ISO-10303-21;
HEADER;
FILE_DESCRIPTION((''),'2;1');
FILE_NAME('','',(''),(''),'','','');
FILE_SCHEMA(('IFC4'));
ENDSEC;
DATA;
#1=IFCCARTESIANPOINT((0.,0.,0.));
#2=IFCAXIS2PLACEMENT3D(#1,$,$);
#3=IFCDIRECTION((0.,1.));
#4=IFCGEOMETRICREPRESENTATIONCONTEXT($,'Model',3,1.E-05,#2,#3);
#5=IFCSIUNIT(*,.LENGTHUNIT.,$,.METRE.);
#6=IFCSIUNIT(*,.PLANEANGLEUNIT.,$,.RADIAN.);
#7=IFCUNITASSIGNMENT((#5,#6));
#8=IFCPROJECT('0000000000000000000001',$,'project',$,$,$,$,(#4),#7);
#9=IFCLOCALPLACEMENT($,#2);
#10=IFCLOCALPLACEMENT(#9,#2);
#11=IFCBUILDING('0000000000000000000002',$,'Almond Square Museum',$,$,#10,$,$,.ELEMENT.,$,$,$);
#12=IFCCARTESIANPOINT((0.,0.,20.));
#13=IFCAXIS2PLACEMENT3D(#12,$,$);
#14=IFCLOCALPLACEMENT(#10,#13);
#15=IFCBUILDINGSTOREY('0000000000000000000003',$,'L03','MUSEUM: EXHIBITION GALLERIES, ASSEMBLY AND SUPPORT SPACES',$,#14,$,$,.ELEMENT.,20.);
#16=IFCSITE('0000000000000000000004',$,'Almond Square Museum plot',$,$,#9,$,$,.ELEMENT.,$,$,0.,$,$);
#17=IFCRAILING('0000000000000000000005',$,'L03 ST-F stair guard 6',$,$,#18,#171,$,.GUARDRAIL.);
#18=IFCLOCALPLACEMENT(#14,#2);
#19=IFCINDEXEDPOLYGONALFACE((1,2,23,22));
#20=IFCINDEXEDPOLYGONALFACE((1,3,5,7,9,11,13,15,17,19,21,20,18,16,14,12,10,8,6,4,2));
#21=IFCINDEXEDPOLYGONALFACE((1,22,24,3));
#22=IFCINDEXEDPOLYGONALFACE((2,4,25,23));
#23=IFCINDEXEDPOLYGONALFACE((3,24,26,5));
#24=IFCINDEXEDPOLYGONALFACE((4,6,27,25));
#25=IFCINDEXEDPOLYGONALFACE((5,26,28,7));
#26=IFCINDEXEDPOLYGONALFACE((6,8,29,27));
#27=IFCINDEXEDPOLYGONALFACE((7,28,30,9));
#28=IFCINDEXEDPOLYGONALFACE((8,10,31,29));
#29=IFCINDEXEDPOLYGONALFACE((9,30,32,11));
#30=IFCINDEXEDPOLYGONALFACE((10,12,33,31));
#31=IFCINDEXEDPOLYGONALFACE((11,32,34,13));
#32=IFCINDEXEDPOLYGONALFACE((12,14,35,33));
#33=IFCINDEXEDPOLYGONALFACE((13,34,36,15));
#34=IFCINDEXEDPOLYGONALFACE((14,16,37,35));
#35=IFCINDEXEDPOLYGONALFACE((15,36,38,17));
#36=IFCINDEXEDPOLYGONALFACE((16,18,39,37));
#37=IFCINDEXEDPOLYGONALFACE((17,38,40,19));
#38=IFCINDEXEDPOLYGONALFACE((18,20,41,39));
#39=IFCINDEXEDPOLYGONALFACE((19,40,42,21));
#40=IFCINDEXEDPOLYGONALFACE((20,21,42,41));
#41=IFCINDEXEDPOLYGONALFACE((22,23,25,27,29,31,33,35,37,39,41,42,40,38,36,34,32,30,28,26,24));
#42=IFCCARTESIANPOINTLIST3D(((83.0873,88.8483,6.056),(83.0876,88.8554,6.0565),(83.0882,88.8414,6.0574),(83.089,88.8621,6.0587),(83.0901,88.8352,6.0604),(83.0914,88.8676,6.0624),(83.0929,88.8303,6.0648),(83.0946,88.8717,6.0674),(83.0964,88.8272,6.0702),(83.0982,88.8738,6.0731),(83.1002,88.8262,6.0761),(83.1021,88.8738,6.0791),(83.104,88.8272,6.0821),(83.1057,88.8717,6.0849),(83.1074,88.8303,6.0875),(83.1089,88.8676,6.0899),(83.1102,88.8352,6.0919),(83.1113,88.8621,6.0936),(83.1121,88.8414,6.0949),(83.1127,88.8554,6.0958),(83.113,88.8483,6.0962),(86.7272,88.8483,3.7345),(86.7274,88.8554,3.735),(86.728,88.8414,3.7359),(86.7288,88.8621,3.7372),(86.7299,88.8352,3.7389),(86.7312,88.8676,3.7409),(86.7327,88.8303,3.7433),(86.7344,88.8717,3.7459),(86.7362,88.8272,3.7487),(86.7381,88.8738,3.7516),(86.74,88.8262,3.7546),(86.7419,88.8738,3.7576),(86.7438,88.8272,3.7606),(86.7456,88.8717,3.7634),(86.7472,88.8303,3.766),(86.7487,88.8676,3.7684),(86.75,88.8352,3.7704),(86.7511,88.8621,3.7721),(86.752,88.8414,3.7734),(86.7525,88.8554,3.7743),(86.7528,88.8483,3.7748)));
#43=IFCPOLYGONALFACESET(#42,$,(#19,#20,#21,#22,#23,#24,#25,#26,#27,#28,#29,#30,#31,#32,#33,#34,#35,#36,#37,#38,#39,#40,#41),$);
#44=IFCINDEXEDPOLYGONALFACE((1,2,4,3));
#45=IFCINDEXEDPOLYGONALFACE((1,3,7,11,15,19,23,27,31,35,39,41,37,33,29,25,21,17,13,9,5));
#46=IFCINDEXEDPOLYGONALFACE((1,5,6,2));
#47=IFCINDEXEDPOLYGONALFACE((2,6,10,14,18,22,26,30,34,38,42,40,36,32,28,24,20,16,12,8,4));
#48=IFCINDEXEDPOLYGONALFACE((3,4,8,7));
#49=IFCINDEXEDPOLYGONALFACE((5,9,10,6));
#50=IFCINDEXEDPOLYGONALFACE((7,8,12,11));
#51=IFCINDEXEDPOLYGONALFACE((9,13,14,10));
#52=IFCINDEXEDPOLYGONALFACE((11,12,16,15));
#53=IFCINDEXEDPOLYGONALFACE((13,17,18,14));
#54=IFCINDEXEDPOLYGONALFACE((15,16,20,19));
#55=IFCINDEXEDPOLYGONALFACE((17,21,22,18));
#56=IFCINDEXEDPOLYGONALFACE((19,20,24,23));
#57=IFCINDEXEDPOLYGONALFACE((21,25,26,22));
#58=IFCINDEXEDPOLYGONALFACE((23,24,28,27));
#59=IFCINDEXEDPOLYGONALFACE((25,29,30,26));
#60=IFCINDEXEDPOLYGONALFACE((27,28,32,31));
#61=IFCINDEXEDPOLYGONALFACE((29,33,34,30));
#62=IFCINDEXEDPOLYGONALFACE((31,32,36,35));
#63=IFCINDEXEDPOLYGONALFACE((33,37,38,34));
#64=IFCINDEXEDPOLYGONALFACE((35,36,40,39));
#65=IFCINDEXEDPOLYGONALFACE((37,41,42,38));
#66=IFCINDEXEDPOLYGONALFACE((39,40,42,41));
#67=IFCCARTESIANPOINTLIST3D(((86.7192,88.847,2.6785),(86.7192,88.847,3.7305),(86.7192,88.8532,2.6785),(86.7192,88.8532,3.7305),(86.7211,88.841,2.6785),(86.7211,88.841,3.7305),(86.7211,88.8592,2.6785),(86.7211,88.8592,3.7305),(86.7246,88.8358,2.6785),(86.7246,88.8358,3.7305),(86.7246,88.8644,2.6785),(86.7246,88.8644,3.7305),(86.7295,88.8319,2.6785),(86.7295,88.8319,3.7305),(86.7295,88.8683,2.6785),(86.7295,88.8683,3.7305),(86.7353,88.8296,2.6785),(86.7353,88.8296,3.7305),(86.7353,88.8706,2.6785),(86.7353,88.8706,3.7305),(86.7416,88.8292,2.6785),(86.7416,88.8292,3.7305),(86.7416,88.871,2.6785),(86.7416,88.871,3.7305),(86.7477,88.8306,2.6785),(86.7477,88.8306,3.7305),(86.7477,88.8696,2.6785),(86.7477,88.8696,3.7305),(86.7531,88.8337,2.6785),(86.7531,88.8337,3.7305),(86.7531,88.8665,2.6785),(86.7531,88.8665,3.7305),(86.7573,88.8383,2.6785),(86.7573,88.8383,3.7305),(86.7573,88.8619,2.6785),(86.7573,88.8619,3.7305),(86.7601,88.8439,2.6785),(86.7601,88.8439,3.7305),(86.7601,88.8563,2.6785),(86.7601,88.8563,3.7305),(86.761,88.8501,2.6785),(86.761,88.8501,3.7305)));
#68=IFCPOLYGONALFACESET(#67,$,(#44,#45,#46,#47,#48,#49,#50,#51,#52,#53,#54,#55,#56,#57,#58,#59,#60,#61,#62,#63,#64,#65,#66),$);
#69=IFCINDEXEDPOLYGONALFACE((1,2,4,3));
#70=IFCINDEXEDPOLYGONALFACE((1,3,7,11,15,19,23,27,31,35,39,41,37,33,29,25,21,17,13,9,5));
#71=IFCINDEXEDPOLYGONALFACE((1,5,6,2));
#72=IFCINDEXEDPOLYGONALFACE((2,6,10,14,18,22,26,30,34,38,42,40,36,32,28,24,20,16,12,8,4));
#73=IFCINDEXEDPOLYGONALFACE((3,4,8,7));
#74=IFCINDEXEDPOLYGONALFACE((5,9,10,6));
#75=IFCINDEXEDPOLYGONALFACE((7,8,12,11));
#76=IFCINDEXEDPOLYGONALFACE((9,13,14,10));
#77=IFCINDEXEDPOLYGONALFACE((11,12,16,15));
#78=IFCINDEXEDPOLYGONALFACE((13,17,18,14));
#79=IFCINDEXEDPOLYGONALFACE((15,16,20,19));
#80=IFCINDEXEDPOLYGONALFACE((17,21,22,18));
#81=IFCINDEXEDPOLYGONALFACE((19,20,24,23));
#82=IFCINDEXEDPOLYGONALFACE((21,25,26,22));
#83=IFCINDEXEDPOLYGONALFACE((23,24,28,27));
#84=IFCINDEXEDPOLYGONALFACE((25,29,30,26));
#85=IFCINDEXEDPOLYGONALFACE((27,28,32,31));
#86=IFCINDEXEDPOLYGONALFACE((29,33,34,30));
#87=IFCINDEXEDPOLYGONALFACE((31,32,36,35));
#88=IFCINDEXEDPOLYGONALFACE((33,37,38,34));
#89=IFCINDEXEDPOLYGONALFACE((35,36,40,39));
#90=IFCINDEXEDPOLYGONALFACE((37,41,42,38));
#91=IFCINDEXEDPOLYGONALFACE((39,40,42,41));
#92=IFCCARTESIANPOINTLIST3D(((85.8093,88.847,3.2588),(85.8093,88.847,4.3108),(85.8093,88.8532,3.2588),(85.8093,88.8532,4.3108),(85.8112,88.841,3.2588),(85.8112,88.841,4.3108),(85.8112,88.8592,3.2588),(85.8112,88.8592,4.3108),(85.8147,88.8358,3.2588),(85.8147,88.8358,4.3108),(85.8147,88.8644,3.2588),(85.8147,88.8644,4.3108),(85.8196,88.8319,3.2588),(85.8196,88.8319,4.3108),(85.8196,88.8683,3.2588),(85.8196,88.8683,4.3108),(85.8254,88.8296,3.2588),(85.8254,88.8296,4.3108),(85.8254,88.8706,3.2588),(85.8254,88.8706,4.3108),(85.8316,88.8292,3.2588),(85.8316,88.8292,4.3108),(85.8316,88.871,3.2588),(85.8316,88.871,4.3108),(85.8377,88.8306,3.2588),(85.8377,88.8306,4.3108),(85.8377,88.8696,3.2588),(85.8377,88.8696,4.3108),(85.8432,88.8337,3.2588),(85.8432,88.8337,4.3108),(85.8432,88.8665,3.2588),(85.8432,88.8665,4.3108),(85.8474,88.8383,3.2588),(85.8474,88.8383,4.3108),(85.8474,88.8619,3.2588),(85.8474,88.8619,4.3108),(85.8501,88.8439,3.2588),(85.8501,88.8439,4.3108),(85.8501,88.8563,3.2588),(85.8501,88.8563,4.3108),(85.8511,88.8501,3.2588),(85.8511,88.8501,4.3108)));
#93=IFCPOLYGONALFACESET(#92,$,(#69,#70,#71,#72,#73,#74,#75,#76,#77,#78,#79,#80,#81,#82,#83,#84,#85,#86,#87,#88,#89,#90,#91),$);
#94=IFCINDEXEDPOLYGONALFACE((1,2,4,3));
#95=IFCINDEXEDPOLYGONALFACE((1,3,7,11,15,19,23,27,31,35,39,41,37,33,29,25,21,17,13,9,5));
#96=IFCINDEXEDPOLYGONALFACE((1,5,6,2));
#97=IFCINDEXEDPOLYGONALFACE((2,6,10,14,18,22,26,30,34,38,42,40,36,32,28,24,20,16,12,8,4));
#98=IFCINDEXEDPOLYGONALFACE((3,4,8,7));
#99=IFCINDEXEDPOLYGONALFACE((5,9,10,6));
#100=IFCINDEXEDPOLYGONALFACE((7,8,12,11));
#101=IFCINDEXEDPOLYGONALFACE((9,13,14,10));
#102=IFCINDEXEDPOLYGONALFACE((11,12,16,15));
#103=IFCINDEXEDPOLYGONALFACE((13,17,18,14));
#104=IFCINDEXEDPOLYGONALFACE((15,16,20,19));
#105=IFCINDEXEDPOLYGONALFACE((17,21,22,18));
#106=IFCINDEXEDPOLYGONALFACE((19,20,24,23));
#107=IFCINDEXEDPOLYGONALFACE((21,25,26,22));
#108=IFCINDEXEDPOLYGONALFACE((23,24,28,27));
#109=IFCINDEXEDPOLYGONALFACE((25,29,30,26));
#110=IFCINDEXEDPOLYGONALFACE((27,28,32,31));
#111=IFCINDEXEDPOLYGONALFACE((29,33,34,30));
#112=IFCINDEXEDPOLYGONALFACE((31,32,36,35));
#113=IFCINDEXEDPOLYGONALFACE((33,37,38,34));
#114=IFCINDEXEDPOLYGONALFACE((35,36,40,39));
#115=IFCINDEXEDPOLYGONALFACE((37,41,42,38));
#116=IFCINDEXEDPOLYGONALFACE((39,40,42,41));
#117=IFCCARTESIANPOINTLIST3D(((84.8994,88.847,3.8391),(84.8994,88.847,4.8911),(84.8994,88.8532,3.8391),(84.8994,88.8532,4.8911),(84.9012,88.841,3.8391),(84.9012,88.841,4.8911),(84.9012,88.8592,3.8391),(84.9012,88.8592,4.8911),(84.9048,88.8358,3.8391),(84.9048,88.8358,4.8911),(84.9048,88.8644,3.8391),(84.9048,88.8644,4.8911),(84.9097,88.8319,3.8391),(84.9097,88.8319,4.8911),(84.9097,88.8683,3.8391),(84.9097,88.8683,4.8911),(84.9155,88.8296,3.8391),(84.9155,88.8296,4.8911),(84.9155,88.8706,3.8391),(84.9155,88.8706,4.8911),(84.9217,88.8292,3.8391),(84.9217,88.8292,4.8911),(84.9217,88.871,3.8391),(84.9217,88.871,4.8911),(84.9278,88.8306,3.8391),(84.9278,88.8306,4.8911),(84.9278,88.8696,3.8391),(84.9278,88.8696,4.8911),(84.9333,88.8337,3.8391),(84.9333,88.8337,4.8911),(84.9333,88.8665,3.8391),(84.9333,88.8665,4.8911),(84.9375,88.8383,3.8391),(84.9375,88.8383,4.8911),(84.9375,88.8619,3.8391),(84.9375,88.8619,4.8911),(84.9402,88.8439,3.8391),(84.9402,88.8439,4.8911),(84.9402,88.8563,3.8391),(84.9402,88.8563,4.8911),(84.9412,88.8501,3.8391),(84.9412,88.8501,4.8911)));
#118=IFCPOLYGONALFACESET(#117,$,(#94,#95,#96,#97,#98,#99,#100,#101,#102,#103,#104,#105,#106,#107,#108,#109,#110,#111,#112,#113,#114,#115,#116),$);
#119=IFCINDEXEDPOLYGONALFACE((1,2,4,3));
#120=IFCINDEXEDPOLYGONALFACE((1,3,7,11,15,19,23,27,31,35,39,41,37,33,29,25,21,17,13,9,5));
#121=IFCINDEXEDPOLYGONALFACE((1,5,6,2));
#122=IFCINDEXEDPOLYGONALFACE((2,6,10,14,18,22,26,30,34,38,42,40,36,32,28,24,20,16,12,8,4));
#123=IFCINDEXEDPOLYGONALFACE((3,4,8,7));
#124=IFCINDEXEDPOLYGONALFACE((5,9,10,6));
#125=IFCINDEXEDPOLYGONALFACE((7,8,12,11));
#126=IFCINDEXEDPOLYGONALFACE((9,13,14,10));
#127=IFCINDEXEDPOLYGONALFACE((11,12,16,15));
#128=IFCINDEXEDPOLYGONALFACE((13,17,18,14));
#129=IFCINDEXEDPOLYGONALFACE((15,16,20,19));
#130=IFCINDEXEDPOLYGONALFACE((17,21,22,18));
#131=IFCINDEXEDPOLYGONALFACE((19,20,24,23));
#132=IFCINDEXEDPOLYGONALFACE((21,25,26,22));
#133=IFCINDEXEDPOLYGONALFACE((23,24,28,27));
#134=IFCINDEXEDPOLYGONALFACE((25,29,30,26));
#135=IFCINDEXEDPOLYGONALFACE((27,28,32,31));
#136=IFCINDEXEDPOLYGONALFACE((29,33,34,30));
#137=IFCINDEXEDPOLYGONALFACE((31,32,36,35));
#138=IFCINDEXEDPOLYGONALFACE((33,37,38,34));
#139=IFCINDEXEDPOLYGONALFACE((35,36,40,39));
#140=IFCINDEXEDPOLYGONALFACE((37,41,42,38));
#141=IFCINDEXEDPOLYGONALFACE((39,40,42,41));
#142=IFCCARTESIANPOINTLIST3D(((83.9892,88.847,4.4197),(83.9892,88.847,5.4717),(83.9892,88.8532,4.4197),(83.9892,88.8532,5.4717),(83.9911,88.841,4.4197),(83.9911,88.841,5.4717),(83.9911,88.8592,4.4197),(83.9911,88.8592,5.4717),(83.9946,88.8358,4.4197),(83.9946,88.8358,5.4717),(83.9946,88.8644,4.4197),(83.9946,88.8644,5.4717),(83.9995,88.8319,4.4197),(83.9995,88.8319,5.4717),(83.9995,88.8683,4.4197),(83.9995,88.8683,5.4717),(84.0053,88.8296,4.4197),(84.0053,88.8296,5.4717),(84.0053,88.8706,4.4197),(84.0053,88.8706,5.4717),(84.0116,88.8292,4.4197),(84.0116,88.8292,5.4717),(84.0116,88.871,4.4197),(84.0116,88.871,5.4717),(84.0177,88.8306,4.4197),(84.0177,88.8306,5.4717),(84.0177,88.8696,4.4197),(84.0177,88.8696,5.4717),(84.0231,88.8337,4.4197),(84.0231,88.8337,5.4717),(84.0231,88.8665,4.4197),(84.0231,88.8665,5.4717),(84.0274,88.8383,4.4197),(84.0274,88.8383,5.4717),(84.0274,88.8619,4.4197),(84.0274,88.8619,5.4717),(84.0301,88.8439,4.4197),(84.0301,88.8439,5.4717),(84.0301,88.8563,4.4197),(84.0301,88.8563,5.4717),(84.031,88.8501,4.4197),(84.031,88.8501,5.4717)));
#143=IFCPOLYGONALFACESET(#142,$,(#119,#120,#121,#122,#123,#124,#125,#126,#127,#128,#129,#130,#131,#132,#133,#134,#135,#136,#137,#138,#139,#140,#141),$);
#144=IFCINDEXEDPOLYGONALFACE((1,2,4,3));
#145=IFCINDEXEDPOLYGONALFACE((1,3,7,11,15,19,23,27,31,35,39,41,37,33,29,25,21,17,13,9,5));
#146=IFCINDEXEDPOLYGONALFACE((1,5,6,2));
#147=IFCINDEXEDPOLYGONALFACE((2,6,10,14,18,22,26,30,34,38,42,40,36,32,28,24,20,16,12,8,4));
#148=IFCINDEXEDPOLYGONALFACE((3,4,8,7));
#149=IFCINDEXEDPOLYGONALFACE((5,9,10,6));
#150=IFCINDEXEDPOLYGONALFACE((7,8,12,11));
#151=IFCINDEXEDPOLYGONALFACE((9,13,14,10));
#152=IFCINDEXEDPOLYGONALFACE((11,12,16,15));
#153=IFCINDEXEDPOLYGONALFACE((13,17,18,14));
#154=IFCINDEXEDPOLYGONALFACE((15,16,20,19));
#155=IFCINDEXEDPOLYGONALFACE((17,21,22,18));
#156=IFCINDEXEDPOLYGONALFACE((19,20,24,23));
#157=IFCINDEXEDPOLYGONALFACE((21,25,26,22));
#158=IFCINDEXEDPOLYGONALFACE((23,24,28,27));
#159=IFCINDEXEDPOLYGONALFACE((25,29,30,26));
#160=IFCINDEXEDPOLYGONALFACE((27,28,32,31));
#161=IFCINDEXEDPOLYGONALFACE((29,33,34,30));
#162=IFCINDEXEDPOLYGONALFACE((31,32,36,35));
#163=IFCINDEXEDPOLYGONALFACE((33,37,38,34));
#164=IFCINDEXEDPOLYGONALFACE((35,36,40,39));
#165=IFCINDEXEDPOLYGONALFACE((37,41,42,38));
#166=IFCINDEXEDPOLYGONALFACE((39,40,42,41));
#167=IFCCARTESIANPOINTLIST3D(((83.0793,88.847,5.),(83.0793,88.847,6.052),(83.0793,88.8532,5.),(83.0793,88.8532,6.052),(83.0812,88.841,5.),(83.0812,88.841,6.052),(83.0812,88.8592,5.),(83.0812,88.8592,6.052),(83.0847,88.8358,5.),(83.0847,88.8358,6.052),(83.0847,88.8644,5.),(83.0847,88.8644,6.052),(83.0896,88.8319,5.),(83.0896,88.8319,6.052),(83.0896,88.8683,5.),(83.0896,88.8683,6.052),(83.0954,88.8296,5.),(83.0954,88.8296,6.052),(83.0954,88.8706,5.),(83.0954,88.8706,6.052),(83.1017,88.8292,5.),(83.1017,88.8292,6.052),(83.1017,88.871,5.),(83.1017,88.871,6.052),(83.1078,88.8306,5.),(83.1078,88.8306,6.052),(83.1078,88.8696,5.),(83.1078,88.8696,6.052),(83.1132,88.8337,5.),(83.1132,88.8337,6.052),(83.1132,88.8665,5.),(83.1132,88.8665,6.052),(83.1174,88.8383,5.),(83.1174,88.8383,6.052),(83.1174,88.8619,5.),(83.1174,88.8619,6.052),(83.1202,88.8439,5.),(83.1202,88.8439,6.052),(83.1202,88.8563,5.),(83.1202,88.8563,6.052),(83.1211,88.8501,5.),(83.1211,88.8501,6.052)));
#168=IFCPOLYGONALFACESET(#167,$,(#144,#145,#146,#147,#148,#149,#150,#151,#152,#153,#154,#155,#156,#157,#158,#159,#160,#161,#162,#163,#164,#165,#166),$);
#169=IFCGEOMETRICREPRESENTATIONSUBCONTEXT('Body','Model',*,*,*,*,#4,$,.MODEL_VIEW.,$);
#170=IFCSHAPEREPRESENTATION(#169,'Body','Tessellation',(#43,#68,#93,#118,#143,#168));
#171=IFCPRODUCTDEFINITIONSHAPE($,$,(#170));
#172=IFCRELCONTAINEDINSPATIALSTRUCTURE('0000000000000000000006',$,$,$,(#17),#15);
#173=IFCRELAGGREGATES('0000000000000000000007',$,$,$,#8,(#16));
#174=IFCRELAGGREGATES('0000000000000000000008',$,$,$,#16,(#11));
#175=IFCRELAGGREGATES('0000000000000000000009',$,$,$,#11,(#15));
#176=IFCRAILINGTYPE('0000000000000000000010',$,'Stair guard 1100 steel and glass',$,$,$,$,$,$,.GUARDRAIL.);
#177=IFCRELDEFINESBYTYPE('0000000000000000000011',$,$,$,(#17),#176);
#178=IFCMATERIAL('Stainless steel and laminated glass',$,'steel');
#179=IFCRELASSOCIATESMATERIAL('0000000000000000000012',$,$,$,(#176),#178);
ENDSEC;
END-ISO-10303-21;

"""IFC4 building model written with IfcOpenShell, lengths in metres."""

from ifc_helpers import new_model, si_unit, direction, frame, origin, origin_2d, place, context, subcontext, project, spatial, circle, extrude, material, type_object, element, save


model = new_model("IFC4")

# Units and contexts
model_context = context("Model", 3, precision=1e-05, world=origin(), true_north=direction((0.0, 1.0)))
body_context = subcontext(model_context, "Body", "Model", "MODEL_VIEW")
ifc_project = project(units=[si_unit("LENGTHUNIT", "METRE"), si_unit("PLANEANGLEUNIT", "RADIAN")], contexts=[model_context])

# Site, building, storey
site_placement = place(None, origin())
site = spatial("IfcSite", under=ifc_project, at=site_placement, Name="Almond Square Museum plot", CompositionType="ELEMENT", RefElevation=0.0)
building_placement = place(site_placement, origin())
building = spatial("IfcBuilding", under=site, at=building_placement, Name="Almond Square Museum", CompositionType="ELEMENT")
storey_placement = place(building_placement, frame((0.0, 0.0, 20.0)))
storey = spatial("IfcBuildingStorey", under=building, at=storey_placement, Name="L03", Description="MUSEUM: EXHIBITION GALLERIES, ASSEMBLY AND SUPPORT SPACES", CompositionType="ELEMENT", Elevation=20.0)

# Railing
ifc_material_1 = material(Name="Stainless steel and laminated glass", Category="steel")
railing_type_1 = type_object("IfcRailingType", Name="Stair guard 1100 steel and glass", PredefinedType="GUARDRAIL", material=ifc_material_1)
railing_1_placement = place(storey_placement, frame((86.74, 88.8501, 2.6785)))
element("IfcRailing", 1, at=railing_1_placement, inside=storey, type_object=railing_type_1, Name="L03 ST-F stair guard 6", PredefinedType="GUARDRAIL", context=body_context, shape_type="SweptSolid", body=[
    extrude(circle(Radius=0.0239, at=origin_2d()), frame((0.0, 0.0, 1.0762), z_axis=(-0.843112, 0.0, 0.537739), x_axis=(0.0, -1.0, 0.0)), (0.0, 0.0, 1.0), 4.3171),
    extrude(circle(Radius=0.021, at=origin_2d()), origin(), (0.0, 0.0, 1.0), 1.052),
    extrude(circle(Radius=0.021, at=origin_2d()), frame((-0.9099, 0.0, 0.5803)), (0.0, 0.0, 1.0), 1.052),
    extrude(circle(Radius=0.021, at=origin_2d()), frame((-1.8198, 0.0, 1.1606)), (0.0, 0.0, 1.0), 1.052),
    extrude(circle(Radius=0.021, at=origin_2d()), frame((-2.73, 0.0, 1.7412)), (0.0, 0.0, 1.0), 1.052),
    extrude(circle(Radius=0.021, at=origin_2d()), frame((-3.6399, 0.0, 2.3215)), (0.0, 0.0, 1.0), 1.052),
])

save(model, "model.ifc")
